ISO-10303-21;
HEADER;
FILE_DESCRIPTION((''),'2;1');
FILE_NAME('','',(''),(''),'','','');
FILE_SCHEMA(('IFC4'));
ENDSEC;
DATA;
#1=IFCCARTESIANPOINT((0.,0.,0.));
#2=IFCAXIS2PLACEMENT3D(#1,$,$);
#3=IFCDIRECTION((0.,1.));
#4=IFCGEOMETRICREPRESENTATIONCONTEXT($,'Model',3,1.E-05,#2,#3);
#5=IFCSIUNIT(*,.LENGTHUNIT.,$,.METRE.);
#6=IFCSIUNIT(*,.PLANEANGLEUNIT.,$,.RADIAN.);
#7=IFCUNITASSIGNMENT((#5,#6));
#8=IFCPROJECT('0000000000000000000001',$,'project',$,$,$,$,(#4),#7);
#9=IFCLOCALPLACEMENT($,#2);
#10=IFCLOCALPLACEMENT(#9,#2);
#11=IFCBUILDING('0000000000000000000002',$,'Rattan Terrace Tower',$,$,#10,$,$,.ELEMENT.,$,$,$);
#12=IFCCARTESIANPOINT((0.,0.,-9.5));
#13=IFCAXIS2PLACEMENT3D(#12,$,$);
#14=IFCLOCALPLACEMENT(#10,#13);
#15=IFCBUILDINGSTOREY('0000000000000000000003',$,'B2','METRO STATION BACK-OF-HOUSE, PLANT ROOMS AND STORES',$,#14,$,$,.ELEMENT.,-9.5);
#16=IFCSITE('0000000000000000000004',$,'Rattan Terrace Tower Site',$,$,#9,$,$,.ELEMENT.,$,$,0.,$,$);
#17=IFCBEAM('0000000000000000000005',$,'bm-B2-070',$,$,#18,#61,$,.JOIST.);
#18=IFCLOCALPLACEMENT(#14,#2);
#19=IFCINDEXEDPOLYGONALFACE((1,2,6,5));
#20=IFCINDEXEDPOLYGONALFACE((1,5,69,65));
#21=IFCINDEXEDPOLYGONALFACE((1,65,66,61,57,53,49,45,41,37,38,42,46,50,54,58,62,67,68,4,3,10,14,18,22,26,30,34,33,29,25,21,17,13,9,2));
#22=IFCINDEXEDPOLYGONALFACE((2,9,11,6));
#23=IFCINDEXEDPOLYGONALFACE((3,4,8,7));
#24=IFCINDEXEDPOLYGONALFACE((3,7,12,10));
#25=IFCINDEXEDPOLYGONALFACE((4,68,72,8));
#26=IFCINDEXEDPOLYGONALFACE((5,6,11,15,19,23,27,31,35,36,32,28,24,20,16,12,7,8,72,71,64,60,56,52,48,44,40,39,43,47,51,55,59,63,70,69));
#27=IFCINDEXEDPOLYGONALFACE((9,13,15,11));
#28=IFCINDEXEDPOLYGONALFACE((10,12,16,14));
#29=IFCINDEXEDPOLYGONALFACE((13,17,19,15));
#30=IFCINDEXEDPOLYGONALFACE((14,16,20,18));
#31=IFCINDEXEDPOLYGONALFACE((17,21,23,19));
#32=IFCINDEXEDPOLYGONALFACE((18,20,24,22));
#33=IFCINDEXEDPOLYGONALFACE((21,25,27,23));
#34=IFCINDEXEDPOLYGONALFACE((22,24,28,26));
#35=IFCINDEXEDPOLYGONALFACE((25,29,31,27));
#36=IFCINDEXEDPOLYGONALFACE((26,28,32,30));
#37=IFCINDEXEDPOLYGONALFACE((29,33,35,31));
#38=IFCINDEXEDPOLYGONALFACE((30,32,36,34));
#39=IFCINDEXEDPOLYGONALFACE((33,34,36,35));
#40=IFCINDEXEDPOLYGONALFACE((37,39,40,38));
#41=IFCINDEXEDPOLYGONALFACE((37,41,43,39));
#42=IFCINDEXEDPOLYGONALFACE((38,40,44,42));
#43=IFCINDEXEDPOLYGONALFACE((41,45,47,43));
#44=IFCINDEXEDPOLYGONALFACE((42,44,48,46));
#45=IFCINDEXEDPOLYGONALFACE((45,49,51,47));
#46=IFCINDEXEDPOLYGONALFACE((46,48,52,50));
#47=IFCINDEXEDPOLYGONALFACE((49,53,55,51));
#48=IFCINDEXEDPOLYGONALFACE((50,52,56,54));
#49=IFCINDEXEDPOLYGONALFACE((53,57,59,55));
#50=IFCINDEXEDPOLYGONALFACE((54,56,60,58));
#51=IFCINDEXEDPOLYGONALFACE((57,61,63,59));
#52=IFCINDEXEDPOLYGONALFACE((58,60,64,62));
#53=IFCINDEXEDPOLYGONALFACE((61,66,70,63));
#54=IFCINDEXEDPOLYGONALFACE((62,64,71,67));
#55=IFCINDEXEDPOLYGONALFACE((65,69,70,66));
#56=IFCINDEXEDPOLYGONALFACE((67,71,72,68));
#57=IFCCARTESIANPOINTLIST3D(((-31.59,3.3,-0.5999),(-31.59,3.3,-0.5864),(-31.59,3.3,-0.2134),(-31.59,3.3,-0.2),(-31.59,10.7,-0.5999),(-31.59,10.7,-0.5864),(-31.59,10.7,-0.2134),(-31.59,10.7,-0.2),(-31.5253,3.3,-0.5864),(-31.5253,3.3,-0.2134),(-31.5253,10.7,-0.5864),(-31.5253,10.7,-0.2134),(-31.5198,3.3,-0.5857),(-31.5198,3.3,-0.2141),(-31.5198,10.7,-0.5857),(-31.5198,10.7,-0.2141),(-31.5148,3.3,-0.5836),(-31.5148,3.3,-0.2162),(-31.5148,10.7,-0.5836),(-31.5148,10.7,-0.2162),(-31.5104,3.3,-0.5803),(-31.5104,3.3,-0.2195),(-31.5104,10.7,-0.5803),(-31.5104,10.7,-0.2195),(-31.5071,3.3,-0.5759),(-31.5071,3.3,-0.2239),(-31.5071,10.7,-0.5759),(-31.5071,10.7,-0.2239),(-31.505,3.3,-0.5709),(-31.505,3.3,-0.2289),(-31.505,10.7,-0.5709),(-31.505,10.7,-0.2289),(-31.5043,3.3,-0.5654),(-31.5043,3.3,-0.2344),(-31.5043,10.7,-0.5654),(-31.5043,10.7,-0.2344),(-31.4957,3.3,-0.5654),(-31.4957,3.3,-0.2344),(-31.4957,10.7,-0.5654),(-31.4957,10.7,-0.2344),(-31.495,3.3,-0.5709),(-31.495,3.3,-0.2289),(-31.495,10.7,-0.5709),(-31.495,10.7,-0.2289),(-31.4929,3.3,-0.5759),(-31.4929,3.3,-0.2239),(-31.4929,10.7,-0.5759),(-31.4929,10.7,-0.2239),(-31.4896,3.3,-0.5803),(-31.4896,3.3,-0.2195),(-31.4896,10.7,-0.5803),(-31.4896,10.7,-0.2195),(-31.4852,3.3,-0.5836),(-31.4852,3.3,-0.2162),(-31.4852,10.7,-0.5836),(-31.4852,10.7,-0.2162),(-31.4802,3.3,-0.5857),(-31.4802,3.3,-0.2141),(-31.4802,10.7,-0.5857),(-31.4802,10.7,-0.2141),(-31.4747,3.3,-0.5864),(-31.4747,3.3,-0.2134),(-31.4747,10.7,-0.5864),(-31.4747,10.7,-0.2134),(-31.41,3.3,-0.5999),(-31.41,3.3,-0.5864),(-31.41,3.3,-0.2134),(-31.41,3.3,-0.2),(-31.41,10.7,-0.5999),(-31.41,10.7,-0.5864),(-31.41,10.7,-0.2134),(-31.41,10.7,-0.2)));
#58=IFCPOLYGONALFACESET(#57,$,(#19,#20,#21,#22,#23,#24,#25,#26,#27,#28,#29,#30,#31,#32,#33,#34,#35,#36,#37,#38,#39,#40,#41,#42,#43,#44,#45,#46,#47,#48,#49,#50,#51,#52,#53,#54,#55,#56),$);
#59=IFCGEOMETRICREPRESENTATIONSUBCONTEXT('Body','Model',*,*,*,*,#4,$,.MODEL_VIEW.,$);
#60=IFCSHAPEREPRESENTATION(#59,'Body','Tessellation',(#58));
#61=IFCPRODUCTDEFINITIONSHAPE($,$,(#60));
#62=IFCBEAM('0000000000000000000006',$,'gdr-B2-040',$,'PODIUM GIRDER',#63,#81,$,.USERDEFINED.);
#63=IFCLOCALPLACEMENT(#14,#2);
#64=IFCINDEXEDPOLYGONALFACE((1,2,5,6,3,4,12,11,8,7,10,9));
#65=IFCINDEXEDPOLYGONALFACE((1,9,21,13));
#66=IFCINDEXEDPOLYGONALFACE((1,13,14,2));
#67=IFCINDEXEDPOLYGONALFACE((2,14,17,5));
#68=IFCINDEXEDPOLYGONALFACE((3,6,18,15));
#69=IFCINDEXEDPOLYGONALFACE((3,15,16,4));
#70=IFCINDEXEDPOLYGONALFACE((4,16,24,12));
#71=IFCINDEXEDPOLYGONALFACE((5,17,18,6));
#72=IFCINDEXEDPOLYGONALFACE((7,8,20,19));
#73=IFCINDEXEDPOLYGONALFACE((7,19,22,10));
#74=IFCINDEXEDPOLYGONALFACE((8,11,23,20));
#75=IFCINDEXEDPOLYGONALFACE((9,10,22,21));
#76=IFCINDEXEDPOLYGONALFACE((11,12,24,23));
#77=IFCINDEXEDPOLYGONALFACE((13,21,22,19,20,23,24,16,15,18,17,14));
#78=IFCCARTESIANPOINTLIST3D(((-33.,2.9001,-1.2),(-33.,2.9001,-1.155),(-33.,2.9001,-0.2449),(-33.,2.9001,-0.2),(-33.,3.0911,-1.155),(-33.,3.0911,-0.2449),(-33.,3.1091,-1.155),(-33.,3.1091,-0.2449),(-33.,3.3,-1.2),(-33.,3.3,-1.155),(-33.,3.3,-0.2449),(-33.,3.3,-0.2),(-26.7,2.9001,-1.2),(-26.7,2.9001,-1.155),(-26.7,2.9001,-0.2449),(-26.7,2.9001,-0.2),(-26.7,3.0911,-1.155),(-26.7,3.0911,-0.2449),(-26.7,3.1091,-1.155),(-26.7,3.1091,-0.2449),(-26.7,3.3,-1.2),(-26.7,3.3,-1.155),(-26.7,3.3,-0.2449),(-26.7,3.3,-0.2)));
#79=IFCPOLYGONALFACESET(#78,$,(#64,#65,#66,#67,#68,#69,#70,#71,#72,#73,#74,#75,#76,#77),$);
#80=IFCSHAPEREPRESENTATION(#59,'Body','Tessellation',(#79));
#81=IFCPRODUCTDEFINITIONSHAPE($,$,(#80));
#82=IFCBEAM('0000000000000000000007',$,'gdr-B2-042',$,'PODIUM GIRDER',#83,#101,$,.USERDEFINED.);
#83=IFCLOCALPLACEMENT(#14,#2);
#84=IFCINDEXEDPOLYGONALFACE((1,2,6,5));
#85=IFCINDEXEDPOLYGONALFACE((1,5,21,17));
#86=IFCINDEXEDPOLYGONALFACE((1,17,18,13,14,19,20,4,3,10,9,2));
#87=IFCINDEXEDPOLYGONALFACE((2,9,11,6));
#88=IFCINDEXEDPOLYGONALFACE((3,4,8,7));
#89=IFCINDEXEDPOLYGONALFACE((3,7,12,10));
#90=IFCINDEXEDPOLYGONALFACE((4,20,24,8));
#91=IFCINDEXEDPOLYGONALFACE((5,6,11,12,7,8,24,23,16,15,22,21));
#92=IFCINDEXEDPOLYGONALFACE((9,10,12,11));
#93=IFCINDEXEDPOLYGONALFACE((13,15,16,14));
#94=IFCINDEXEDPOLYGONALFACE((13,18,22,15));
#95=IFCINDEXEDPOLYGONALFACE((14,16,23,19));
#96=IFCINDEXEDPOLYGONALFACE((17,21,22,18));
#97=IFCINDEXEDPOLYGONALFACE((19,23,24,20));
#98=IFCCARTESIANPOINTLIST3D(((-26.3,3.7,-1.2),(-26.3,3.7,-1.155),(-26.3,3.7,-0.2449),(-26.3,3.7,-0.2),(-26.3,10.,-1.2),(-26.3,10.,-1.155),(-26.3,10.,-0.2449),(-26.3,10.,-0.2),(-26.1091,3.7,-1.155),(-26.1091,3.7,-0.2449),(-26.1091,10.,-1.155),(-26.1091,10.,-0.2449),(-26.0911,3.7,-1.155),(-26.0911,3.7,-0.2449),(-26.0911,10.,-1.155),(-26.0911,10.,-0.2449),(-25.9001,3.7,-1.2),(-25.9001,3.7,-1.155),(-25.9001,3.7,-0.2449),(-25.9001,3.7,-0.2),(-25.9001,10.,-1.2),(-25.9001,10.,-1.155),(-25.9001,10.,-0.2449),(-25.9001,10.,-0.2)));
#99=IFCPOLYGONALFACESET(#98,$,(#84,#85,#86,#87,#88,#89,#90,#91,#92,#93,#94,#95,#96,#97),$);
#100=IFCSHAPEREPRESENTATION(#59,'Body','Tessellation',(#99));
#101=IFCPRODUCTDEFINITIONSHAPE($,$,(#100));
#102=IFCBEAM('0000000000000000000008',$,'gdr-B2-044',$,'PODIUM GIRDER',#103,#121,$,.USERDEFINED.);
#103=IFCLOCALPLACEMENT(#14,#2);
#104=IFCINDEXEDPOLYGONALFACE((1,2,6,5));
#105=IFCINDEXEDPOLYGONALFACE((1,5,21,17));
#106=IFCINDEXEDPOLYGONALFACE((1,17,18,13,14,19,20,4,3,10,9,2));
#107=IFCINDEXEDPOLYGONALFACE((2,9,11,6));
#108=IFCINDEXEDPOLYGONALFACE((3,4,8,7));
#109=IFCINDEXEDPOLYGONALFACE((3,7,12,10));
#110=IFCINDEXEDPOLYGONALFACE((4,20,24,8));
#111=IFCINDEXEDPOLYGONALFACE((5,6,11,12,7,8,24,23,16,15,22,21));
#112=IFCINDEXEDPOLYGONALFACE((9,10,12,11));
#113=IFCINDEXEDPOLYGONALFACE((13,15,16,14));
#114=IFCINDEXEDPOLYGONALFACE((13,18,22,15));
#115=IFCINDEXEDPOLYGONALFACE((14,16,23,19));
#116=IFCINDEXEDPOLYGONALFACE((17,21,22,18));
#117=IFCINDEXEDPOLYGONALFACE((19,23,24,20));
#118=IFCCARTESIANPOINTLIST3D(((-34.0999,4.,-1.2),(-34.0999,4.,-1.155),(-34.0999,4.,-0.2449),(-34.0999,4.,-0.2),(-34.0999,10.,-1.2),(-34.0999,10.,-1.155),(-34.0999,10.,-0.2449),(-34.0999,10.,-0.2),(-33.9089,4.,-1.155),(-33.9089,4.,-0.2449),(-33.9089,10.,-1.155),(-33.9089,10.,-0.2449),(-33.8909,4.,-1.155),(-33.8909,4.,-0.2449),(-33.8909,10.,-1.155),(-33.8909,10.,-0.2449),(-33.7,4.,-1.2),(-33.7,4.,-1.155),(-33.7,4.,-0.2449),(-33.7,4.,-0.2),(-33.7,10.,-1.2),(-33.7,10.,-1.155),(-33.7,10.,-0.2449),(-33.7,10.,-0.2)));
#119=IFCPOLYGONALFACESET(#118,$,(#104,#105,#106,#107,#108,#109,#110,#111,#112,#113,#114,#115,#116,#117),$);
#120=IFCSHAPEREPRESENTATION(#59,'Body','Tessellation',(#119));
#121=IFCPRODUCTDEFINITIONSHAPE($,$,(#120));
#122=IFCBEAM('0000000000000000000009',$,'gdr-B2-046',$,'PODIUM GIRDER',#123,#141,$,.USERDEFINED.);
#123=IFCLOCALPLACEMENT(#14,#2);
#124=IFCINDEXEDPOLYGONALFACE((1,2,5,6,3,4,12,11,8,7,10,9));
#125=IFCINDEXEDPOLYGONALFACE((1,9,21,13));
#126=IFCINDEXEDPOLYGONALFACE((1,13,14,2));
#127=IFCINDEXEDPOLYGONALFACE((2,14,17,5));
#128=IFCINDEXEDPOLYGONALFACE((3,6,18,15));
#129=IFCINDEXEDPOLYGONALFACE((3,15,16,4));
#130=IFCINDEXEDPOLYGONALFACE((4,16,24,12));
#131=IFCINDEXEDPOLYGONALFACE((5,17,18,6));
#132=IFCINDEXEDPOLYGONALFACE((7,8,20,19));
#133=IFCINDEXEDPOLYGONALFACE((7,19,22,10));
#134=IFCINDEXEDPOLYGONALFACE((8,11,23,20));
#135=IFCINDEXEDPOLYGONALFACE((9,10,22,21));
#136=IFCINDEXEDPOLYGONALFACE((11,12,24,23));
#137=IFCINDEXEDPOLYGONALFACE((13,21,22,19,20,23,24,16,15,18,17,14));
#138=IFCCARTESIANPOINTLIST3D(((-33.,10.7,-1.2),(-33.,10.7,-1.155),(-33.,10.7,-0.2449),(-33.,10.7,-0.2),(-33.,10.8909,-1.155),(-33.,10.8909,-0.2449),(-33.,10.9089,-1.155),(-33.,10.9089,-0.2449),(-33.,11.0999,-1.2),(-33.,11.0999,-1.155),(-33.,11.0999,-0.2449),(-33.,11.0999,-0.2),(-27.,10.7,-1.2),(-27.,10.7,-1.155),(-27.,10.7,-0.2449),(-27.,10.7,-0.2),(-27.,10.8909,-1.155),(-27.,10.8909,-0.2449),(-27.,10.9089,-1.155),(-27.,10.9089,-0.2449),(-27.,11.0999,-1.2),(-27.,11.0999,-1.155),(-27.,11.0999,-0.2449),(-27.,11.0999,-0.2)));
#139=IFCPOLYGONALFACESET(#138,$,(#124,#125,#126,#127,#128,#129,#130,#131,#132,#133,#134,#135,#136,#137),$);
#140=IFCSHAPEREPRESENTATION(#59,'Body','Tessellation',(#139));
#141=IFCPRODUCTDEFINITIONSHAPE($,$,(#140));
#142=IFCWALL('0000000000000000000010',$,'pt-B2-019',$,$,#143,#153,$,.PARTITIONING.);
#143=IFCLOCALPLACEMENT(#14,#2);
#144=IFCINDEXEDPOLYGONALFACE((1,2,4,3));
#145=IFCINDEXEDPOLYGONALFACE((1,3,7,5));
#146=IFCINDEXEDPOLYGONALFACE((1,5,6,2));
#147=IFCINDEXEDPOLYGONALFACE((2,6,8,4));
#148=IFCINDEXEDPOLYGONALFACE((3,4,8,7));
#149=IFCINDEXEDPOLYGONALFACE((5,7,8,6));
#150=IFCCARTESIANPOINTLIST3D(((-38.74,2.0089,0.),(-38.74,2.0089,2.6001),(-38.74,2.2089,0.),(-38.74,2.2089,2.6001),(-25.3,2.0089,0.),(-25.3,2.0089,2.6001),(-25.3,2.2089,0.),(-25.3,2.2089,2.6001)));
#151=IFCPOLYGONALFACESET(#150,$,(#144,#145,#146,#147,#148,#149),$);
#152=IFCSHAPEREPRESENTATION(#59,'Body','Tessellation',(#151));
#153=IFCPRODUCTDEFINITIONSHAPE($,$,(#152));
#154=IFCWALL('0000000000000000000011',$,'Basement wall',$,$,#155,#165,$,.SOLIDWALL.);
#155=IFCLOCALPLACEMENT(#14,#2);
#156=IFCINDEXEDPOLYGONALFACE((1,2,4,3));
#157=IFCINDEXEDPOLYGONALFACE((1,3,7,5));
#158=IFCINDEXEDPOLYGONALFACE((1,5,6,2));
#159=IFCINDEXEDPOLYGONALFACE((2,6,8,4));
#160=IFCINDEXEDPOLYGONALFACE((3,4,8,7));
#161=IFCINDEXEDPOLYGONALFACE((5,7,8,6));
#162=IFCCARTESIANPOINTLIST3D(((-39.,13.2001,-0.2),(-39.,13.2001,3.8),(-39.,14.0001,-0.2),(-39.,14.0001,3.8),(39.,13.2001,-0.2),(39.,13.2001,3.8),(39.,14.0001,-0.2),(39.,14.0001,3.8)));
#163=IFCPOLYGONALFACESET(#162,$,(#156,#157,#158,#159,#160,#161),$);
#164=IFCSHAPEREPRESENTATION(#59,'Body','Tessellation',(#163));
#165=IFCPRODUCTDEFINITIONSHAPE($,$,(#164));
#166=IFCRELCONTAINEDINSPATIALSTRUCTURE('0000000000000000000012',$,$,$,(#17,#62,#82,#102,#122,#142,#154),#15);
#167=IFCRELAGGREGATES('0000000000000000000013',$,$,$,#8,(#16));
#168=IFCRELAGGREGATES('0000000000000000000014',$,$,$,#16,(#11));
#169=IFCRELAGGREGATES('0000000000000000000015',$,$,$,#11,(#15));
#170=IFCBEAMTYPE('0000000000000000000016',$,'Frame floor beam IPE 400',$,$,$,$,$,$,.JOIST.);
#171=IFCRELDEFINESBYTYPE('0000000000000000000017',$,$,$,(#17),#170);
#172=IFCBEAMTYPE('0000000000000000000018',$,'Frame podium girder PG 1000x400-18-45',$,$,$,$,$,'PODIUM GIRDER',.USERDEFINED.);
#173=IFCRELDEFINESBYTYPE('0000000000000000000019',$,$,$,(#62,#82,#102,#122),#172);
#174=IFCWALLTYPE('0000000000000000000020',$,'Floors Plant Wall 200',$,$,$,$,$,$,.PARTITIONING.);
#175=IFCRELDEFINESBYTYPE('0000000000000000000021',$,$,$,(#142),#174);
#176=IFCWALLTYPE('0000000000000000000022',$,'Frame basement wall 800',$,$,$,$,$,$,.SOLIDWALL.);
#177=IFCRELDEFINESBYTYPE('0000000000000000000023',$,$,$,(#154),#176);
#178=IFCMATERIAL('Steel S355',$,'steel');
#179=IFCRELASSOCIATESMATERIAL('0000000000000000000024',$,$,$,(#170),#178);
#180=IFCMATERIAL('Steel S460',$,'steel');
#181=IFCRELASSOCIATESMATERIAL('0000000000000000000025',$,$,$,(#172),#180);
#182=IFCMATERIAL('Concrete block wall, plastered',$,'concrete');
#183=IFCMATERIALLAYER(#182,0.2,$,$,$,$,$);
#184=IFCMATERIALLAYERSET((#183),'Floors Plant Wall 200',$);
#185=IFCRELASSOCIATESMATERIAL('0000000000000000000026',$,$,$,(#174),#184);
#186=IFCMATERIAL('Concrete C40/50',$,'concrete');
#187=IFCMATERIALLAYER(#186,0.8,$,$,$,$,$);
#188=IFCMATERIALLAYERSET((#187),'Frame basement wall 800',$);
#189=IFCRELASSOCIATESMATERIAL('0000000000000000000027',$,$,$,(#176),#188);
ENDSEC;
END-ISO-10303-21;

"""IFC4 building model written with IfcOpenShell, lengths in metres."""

from ifc_helpers import new_model, si_unit, direction, frame, frame_2d, origin, origin_2d, place, context, subcontext, project, spatial, rectangle, i_section, extrude, material, layer, layer_set, material_profile, profile_set, type_object, element, save


model = new_model("IFC4")

# Units and contexts
model_context = context("Model", 3, precision=1e-05, world=origin(), true_north=direction((0.0, 1.0)))
body_context = subcontext(model_context, "Body", "Model", "MODEL_VIEW")
ifc_project = project(units=[si_unit("LENGTHUNIT", "METRE"), si_unit("PLANEANGLEUNIT", "RADIAN")], contexts=[model_context])

# Site, building, storey
site_placement = place(None, origin())
site = spatial("IfcSite", under=ifc_project, at=site_placement, Name="Rattan Terrace Tower Site", CompositionType="ELEMENT", RefElevation=0.0)
building_placement = place(site_placement, origin())
building = spatial("IfcBuilding", under=site, at=building_placement, Name="Rattan Terrace Tower", CompositionType="ELEMENT")
storey_placement = place(building_placement, frame((0.0, 0.0, -9.5)))
storey = spatial("IfcBuildingStorey", under=building, at=storey_placement, Name="B2", Description="METRO STATION BACK-OF-HOUSE, PLANT ROOMS AND STORES", CompositionType="ELEMENT", Elevation=-9.5)

# Beams
ifc_material_1 = material(Name="Steel S355", Category="steel")
ifc_material_profile_1 = material_profile(ifc_material_1, i_section(OverallWidth=0.1799, OverallDepth=0.3999, WebThickness=0.0085, FlangeThickness=0.0134, FilletRadius=0.021, at=origin_2d()), Name="IPE 400")
ifc_profile_set_1 = profile_set([ifc_material_profile_1], Name="Steel S355")
beam_type_1 = type_object("IfcBeamType", Name="Frame floor beam IPE 400", PredefinedType="JOIST", material=ifc_profile_set_1)
beam_1_placement = place(storey_placement, frame((-31.5, 3.3, -0.3999), z_axis=(0.0, 1.0, 0.0), x_axis=(-1.0, 0.0, 0.0)))
element("IfcBeam", 1, at=beam_1_placement, inside=storey, type_object=beam_type_1, Name="bm-B2-070", PredefinedType="JOIST", context=body_context, shape_type="SweptSolid", body=[
    extrude(i_section(OverallWidth=0.1799, OverallDepth=0.3999, WebThickness=0.0085, FlangeThickness=0.0134, FilletRadius=0.021, at=origin_2d()), origin(), (0.0, 0.0, 1.0), 7.3999),
])
ifc_material_2 = material(Name="Steel S460", Category="steel")
ifc_material_profile_2 = material_profile(ifc_material_2, i_section(OverallWidth=0.3999, OverallDepth=1.0, WebThickness=0.0181, FlangeThickness=0.0449, at=origin_2d()), Name="PG 1000x400-18-45")
ifc_profile_set_2 = profile_set([ifc_material_profile_2], Name="Steel S460")
beam_type_2 = type_object("IfcBeamType", Name="Frame podium girder PG 1000x400-18-45", ElementType="PODIUM GIRDER", PredefinedType="USERDEFINED", material=ifc_profile_set_2)
for number, where, z_axis, x_axis, name in (
    (2, (-33.0, 3.1001, -0.7), (1.0, 0.0, 0.0), (0.0, 1.0, 0.0), "gdr-B2-040"),
    (3, (-26.1001, 3.7, -0.7), (0.0, 1.0, 0.0), (-1.0, 0.0, 0.0), "gdr-B2-042"),
):
    element("IfcBeam", number, at=place(storey_placement, frame(where, z_axis=z_axis, x_axis=x_axis)), inside=storey, type_object=beam_type_2, Name=name, ObjectType="PODIUM GIRDER", PredefinedType="USERDEFINED", context=body_context, shape_type="SweptSolid", body=[
        extrude(i_section(OverallWidth=0.3999, OverallDepth=1.0, WebThickness=0.0181, FlangeThickness=0.0449, at=origin_2d()), origin(), (0.0, 0.0, 1.0), 6.3),
    ])
for number, where, z_axis, x_axis, name in (
    (4, (-33.8999, 4.0, -0.7), (0.0, 1.0, 0.0), (-1.0, 0.0, 0.0), "gdr-B2-044"),
    (5, (-33.0, 10.8999, -0.7), (1.0, 0.0, 0.0), (0.0, 1.0, 0.0), "gdr-B2-046"),
):
    element("IfcBeam", number, at=place(storey_placement, frame(where, z_axis=z_axis, x_axis=x_axis)), inside=storey, type_object=beam_type_2, Name=name, ObjectType="PODIUM GIRDER", PredefinedType="USERDEFINED", context=body_context, shape_type="SweptSolid", body=[
        extrude(i_section(OverallWidth=0.3999, OverallDepth=1.0, WebThickness=0.0181, FlangeThickness=0.0449, at=origin_2d()), origin(), (0.0, 0.0, 1.0), 6.0),
    ])

# Walls
ifc_material_3 = material(Name="Concrete block wall, plastered", Category="concrete")
ifc_layer_1 = layer(ifc_material_3, 0.2)
ifc_layer_set_1 = layer_set([ifc_layer_1], Name="Floors Plant Wall 200")
wall_type_1 = type_object("IfcWallType", Name="Floors Plant Wall 200", PredefinedType="PARTITIONING", material=ifc_layer_set_1)
wall_1_placement = place(storey_placement, frame((-38.74, 2.1089, 0.0), z_axis=(0.0, 0.0, 1.0), x_axis=(1.0, 0.0, 0.0)))
element("IfcWall", 6, at=wall_1_placement, inside=storey, type_object=wall_type_1, Name="pt-B2-019", PredefinedType="PARTITIONING", context=body_context, shape_type="SweptSolid", body=[
    extrude(rectangle(XDim=13.4399, YDim=0.2, at=frame_2d((6.72, 0.0))), origin(), (0.0, 0.0, 1.0), 2.6001),
])
ifc_material_4 = material(Name="Concrete C40/50", Category="concrete")
ifc_layer_2 = layer(ifc_material_4, 0.8)
ifc_layer_set_2 = layer_set([ifc_layer_2], Name="Frame basement wall 800")
wall_type_2 = type_object("IfcWallType", Name="Frame basement wall 800", PredefinedType="SOLIDWALL", material=ifc_layer_set_2)
wall_2_placement = place(storey_placement, frame((-39.0, 13.6001, -0.2), z_axis=(0.0, 0.0, 1.0), x_axis=(1.0, 0.0, 0.0)))
element("IfcWall", 7, at=wall_2_placement, inside=storey, type_object=wall_type_2, Name="Basement wall", PredefinedType="SOLIDWALL", context=body_context, shape_type="SweptSolid", body=[
    extrude(rectangle(XDim=78.0, YDim=0.8, at=frame_2d((39.0, 0.0))), origin(), (0.0, 0.0, 1.0), 4.0),
])

save(model, "model.ifc")
